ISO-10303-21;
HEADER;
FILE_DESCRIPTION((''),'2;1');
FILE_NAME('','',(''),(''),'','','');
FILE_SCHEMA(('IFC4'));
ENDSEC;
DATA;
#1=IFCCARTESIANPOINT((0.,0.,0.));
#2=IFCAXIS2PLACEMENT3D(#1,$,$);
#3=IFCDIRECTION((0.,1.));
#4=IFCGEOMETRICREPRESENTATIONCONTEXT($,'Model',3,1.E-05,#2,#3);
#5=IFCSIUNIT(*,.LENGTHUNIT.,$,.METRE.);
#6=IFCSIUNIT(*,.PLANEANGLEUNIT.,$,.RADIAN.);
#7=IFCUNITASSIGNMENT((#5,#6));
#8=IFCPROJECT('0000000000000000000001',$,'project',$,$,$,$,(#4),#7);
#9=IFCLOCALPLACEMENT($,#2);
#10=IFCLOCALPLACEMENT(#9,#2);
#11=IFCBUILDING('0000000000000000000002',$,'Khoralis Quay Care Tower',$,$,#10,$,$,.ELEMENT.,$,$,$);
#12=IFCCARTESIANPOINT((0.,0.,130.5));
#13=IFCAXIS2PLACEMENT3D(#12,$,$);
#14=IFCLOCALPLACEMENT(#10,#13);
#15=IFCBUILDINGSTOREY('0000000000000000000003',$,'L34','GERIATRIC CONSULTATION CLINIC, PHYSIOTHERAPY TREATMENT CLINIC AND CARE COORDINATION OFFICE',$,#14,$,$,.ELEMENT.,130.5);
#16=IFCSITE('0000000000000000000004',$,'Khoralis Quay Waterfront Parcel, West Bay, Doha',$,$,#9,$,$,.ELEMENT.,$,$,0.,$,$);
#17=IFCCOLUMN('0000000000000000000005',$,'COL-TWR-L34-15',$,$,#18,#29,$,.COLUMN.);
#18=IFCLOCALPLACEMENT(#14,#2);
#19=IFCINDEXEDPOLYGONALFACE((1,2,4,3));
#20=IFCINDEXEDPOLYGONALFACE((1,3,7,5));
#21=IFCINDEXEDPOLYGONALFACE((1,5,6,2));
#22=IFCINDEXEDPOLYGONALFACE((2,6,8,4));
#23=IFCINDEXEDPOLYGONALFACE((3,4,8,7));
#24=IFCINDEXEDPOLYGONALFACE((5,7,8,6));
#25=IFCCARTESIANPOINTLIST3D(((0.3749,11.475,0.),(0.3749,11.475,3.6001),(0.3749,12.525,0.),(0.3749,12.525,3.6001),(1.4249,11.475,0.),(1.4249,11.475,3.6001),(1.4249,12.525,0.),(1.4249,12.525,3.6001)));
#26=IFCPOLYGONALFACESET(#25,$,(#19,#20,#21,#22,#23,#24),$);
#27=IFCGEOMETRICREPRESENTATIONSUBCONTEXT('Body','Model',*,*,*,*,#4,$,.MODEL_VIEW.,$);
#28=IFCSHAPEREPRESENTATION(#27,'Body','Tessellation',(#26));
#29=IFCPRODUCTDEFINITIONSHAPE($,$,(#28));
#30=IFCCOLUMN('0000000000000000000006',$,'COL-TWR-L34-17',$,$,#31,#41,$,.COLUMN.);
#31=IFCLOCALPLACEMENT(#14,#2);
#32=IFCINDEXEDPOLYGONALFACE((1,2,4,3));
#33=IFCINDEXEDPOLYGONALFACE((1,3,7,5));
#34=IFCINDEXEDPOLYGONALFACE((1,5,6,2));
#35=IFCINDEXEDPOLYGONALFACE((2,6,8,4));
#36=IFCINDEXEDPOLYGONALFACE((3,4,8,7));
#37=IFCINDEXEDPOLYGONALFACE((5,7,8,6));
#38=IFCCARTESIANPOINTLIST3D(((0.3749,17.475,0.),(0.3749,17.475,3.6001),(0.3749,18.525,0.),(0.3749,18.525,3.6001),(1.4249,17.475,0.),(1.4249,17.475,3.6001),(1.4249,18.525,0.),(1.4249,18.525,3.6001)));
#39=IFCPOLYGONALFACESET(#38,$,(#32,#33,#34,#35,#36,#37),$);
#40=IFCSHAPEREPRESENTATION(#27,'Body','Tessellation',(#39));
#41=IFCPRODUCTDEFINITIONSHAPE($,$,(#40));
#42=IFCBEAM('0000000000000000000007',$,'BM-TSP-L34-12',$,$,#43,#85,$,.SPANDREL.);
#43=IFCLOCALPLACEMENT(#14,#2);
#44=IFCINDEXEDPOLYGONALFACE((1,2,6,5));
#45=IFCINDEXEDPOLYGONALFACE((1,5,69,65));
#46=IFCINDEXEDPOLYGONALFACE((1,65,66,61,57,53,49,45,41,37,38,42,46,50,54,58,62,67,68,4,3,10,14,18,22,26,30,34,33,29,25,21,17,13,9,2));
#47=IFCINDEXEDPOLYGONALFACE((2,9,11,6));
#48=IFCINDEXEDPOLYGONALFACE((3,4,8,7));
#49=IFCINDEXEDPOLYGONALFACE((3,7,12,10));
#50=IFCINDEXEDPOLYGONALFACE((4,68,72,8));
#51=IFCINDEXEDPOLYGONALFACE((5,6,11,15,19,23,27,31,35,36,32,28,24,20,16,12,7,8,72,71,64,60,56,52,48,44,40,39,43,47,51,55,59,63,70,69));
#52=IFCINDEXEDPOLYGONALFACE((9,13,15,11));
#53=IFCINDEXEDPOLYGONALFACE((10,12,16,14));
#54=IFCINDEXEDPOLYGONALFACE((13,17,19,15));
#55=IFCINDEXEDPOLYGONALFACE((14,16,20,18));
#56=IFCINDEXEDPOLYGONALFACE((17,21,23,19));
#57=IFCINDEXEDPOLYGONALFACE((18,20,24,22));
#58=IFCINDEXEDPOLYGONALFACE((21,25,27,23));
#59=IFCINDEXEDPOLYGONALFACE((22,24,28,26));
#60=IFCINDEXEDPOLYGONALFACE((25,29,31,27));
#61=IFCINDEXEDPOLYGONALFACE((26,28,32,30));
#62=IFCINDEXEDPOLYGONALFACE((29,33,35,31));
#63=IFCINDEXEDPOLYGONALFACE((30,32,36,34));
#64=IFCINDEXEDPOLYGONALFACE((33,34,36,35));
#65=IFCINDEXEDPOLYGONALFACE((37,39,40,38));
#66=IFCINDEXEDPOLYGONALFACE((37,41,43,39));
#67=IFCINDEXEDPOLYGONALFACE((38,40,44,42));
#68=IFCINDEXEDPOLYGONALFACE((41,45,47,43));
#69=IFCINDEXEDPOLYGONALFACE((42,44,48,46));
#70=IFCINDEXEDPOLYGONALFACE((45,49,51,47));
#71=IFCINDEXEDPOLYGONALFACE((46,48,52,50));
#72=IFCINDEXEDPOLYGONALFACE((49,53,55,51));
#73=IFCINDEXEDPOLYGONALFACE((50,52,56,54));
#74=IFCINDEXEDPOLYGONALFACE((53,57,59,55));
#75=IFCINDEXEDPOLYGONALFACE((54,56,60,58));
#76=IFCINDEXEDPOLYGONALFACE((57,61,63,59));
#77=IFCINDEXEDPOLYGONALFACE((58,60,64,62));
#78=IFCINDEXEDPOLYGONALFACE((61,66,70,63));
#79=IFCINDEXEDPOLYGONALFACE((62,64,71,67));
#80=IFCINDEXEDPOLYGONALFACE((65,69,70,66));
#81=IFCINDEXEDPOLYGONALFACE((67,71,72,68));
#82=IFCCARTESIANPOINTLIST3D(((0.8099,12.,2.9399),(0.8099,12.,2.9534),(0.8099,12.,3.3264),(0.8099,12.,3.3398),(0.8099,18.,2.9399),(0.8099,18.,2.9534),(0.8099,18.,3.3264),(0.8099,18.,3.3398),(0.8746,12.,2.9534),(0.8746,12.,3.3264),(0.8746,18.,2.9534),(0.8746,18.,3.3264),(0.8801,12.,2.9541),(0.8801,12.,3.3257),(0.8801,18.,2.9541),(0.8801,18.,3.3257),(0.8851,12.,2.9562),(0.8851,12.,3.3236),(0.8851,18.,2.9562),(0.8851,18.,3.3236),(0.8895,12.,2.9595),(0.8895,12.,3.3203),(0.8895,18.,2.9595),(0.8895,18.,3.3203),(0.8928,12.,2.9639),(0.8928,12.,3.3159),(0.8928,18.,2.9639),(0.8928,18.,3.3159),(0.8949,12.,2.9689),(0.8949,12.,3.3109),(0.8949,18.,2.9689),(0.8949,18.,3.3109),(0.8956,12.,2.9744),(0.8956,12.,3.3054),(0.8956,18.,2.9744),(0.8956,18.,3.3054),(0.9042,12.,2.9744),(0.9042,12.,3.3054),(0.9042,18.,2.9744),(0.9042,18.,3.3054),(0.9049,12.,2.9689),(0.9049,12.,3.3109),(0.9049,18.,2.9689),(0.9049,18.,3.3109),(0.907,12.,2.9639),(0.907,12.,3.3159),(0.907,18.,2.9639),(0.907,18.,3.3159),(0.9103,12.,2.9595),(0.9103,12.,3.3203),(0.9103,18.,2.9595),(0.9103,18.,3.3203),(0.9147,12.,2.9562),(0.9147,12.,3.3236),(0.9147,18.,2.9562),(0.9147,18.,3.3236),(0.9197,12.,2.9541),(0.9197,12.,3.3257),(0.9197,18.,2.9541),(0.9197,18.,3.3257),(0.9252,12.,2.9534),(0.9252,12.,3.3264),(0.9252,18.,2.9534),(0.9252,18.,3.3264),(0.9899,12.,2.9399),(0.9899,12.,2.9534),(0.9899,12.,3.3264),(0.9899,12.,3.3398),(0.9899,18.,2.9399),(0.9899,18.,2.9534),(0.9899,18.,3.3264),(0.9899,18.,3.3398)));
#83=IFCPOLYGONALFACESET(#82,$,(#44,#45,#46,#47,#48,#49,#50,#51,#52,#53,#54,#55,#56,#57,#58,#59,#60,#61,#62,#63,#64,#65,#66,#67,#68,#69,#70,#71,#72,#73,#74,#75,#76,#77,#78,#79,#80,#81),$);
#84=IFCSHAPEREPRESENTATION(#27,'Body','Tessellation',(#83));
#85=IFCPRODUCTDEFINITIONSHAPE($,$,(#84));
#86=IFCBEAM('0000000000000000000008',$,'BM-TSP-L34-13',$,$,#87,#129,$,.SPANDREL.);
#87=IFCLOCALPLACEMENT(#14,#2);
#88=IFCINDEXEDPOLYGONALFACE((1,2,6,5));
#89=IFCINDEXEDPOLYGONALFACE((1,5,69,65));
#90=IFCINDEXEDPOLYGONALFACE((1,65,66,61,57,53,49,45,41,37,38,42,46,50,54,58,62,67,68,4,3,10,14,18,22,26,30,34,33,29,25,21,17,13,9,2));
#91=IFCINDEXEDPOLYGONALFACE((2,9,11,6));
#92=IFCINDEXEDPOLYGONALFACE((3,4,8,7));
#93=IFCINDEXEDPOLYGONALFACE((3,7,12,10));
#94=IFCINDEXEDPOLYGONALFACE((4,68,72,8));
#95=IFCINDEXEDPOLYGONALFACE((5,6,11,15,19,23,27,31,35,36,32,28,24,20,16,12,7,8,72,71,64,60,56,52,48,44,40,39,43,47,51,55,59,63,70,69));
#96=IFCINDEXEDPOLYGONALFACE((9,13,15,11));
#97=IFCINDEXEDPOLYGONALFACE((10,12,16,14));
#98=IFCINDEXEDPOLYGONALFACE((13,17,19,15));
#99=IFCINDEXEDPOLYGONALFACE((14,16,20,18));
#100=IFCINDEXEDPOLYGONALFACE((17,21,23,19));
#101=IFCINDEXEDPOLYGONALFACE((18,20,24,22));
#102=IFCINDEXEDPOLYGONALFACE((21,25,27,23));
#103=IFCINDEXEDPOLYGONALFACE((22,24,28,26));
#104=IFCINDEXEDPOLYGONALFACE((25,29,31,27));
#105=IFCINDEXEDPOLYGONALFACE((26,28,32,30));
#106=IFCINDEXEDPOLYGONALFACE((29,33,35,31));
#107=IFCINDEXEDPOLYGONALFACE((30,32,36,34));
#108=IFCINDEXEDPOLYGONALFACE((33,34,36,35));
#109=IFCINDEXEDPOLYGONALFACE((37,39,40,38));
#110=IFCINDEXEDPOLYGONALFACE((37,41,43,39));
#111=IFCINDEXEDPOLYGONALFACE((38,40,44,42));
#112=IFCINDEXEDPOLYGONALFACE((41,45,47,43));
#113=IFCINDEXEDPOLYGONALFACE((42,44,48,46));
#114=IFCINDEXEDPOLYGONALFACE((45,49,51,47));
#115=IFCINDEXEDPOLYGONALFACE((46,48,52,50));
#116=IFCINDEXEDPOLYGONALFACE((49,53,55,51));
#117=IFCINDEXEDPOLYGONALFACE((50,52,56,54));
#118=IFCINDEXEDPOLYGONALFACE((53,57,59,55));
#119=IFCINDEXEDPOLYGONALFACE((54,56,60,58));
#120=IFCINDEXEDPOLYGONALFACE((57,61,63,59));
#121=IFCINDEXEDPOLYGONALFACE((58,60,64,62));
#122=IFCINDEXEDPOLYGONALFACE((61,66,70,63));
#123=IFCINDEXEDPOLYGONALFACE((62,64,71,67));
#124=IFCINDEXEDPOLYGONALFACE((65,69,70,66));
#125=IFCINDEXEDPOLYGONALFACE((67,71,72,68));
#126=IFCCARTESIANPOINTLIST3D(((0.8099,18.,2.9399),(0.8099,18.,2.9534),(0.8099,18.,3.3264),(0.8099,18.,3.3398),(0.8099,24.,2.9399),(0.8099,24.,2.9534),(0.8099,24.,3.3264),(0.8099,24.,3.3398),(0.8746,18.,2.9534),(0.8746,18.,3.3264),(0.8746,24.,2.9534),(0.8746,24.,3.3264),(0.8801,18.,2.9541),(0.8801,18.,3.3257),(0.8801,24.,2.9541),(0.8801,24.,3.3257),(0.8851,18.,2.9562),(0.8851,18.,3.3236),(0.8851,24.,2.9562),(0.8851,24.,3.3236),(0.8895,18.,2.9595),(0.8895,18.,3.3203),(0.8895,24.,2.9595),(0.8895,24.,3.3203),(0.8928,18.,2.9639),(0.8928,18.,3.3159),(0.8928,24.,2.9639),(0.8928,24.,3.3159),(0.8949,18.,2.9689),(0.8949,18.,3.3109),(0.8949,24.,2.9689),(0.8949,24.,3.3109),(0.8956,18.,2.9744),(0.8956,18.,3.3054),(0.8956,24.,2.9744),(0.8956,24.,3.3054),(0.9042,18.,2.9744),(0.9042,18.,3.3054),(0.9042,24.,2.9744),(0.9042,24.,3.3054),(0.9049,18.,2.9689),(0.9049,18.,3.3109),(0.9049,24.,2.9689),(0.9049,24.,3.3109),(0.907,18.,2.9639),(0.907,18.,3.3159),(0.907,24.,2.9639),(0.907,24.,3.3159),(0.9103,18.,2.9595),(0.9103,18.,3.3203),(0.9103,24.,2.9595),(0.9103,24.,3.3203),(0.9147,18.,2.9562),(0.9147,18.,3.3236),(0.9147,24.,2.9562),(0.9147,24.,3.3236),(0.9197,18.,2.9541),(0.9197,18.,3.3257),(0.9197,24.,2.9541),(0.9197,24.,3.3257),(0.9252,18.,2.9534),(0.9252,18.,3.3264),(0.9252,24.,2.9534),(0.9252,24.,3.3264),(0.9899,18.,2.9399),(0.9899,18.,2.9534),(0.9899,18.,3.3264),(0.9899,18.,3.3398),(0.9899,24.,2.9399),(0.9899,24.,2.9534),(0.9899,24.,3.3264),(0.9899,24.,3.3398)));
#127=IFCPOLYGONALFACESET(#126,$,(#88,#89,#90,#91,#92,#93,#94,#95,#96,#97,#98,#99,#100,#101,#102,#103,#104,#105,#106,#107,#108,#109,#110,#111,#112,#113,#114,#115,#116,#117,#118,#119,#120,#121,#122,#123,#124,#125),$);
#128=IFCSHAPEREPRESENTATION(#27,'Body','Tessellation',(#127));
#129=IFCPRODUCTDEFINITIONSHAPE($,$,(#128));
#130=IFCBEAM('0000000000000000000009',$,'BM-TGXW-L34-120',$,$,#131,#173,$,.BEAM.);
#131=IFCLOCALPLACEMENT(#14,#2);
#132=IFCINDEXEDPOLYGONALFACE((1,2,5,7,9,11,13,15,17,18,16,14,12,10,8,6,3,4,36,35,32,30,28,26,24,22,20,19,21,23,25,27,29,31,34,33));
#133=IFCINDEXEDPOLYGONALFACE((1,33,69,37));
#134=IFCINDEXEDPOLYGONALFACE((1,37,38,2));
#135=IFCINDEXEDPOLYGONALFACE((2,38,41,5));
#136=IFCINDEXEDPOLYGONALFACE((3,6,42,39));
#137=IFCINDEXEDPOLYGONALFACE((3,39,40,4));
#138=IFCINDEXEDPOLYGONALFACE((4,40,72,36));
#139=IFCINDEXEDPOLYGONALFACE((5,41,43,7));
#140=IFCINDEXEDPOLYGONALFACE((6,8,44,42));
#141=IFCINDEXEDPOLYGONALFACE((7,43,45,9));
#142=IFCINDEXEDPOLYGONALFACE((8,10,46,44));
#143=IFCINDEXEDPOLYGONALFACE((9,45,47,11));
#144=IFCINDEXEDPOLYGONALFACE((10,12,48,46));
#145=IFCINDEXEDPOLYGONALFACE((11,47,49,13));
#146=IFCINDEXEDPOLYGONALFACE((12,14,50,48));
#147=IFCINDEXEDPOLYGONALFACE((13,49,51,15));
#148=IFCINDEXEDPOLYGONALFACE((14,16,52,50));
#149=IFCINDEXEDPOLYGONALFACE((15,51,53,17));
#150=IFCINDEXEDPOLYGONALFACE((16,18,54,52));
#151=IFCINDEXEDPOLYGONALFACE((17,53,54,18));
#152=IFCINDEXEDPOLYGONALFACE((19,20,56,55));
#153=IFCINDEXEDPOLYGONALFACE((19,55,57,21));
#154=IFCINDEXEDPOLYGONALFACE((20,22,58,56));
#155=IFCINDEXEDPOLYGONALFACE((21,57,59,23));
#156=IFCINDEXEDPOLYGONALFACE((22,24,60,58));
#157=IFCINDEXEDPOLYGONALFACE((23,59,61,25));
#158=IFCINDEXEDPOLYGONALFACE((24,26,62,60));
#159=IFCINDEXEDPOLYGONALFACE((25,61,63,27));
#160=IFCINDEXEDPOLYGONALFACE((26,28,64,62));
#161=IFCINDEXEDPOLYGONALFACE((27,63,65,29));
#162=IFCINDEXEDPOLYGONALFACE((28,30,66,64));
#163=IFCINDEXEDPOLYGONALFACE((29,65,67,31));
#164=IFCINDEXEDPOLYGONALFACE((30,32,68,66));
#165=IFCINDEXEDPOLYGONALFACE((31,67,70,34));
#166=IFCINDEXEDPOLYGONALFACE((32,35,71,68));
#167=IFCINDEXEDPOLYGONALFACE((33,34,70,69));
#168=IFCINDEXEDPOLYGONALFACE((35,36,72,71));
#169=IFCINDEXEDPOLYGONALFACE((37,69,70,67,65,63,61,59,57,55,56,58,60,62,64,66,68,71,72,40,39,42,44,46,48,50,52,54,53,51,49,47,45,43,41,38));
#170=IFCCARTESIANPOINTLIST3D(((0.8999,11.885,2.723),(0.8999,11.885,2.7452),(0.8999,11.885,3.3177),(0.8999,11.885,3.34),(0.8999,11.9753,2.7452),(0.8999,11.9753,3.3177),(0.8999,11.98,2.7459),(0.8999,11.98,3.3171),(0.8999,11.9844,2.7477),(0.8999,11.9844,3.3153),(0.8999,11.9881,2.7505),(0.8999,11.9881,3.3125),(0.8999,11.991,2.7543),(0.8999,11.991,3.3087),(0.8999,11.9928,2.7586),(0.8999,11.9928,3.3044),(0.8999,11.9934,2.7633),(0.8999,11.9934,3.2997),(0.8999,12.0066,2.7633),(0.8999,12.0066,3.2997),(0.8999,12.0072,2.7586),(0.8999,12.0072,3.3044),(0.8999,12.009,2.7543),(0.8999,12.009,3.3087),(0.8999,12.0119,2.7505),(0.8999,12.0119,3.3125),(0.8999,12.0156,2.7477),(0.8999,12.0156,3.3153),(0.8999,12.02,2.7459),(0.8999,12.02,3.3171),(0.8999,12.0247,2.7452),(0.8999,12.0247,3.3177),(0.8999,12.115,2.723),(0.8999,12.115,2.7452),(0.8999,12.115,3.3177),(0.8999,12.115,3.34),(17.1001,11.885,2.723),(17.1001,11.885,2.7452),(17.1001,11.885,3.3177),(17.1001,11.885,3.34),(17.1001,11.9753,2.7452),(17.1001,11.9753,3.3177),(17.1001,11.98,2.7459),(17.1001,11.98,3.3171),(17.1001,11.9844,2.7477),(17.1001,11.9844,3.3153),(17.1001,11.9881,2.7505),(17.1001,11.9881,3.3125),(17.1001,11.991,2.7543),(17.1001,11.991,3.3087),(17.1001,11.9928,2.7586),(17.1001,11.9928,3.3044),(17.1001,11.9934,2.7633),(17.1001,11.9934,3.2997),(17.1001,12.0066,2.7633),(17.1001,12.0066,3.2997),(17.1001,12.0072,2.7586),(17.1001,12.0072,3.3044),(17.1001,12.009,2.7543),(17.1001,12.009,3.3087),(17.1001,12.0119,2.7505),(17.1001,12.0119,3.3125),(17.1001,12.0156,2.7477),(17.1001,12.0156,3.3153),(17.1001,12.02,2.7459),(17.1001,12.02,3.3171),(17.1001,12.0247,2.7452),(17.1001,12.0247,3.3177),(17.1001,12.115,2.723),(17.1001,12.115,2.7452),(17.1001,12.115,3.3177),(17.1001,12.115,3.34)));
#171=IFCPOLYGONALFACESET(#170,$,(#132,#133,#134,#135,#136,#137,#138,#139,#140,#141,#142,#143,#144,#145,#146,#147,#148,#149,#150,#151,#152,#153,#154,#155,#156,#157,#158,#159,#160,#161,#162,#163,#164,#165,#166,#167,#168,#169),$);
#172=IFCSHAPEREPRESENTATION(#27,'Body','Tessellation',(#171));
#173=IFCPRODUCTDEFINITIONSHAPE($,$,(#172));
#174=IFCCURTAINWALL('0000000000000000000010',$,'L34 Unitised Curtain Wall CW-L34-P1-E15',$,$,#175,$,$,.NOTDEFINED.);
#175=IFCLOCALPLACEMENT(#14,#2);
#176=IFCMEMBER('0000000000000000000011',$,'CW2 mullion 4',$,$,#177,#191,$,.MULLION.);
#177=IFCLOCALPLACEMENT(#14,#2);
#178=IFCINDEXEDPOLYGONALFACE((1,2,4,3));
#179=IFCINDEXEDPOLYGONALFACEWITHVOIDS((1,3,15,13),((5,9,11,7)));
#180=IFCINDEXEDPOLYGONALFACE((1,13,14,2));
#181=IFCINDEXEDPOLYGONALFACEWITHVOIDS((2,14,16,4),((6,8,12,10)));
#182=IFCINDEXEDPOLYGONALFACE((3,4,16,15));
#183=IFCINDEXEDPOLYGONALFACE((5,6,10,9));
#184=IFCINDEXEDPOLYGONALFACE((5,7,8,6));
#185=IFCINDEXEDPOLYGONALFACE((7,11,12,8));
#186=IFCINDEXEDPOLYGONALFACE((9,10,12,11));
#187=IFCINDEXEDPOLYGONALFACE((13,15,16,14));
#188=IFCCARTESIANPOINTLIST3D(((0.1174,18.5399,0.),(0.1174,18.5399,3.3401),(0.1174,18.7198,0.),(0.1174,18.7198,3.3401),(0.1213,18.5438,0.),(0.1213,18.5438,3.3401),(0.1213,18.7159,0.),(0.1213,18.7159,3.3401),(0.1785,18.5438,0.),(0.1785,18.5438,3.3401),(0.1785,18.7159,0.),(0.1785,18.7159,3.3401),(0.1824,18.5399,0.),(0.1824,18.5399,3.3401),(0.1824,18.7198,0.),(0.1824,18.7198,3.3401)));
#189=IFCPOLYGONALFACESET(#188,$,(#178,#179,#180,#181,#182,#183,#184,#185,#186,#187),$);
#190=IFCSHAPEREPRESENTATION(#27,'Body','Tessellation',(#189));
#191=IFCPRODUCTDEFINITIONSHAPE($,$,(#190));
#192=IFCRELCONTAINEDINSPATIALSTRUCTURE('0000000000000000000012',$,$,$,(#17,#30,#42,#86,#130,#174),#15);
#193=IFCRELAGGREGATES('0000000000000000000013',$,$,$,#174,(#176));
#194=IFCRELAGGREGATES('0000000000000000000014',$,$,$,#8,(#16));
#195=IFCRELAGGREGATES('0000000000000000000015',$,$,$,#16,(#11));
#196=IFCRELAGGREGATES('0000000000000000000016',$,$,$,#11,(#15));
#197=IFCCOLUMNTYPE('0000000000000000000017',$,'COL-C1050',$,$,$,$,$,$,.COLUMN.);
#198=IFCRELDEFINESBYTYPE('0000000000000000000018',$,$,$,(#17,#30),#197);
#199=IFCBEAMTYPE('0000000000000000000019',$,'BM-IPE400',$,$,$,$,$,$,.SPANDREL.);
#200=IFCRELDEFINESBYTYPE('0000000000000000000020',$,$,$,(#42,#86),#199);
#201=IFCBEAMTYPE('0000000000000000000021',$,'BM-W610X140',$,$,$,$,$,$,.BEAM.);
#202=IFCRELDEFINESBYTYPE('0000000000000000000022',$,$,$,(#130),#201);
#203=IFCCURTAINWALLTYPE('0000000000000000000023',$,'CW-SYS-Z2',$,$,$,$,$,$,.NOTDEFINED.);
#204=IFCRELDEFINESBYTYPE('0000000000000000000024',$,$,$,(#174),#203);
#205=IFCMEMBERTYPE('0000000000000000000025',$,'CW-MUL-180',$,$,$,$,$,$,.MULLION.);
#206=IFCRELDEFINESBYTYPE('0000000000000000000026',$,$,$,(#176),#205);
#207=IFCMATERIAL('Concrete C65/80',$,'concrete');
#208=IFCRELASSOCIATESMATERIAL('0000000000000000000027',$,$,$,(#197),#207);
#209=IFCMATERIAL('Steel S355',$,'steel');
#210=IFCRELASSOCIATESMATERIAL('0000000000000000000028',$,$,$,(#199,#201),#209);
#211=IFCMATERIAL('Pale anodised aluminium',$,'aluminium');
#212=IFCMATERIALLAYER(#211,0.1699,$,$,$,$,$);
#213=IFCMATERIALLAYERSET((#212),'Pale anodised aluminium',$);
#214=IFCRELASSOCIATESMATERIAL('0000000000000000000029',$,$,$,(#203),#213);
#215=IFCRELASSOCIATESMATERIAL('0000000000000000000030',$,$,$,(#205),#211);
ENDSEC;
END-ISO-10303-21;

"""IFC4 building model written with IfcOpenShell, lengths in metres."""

from ifc_helpers import new_model, si_unit, direction, frame, origin, origin_2d, place, context, subcontext, project, spatial, rectangle, hollow_rectangle, i_section, extrude, source, transform, mapped, material, layer, layer_set, material_profile, profile_set, type_object, element, aggregate, save


model = new_model("IFC4")

# Units and contexts
model_context = context("Model", 3, precision=1e-05, world=origin(), true_north=direction((0.0, 1.0)))
body_context = subcontext(model_context, "Body", "Model", "MODEL_VIEW")
ifc_project = project(units=[si_unit("LENGTHUNIT", "METRE"), si_unit("PLANEANGLEUNIT", "RADIAN")], contexts=[model_context])

# Site, building, storey
site_placement = place(None, origin())
site = spatial("IfcSite", under=ifc_project, at=site_placement, Name="Khoralis Quay Waterfront Parcel, West Bay, Doha", CompositionType="ELEMENT", RefElevation=0.0)
building_placement = place(site_placement, origin())
building = spatial("IfcBuilding", under=site, at=building_placement, Name="Khoralis Quay Care Tower", CompositionType="ELEMENT")
storey_placement = place(building_placement, frame((0.0, 0.0, 130.5)))
storey = spatial("IfcBuildingStorey", under=building, at=storey_placement, Name="L34", Description="GERIATRIC CONSULTATION CLINIC, PHYSIOTHERAPY TREATMENT CLINIC AND CARE COORDINATION OFFICE", CompositionType="ELEMENT", Elevation=130.5)

# Columns
ifc_material_1 = material(Name="Concrete C65/80", Category="concrete")
ifc_material_profile_1 = material_profile(ifc_material_1, rectangle(XDim=1.05, YDim=1.05, at=origin_2d()), Name="Concrete C65/80")
ifc_profile_set_1 = profile_set([ifc_material_profile_1], Name="Concrete C65/80")
column_type = type_object("IfcColumnType", Name="COL-C1050", PredefinedType="COLUMN", material=ifc_profile_set_1)
shared_shape_1 = source(origin(), body_context, "Body", "SweptSolid", [
    extrude(rectangle(XDim=1.05, YDim=1.05, at=origin_2d()), origin(), (0.0, 0.0, 1.0), 3.6001),
])
for number, where, z_axis, x_axis, name in (
    (1, (0.8999, 12.0, 0.0), (0.0, 0.0, 1.0), (1.0, 0.0, 0.0), "COL-TWR-L34-15"),
    (2, (0.8999, 18.0, 0.0), (0.0, 0.0, 1.0), (1.0, 0.0, 0.0), "COL-TWR-L34-17"),
):
    element("IfcColumn", number, at=place(storey_placement, frame(where, z_axis=z_axis, x_axis=x_axis)), inside=storey, type_object=column_type, Name=name, PredefinedType="COLUMN", context=body_context, shape_type="MappedRepresentation", body=[
        mapped(shared_shape_1, transform((0.0, 0.0, 0.0), scale=1.0)),
    ])

# Beams
ifc_material_2 = material(Name="Steel S355", Category="steel")
ifc_material_profile_2 = material_profile(ifc_material_2, i_section(OverallWidth=0.1799, OverallDepth=0.3999, WebThickness=0.0085, FlangeThickness=0.0134, FilletRadius=0.021, at=origin_2d()), Name="Steel S355")
ifc_profile_set_2 = profile_set([ifc_material_profile_2], Name="Steel S355")
beam_type_1 = type_object("IfcBeamType", Name="BM-IPE400", PredefinedType="SPANDREL", material=ifc_profile_set_2)
shared_shape_2 = source(origin(), body_context, "Body", "SweptSolid", [
    extrude(i_section(OverallWidth=0.1799, OverallDepth=0.3999, WebThickness=0.0085, FlangeThickness=0.0134, FilletRadius=0.021, at=origin_2d()), origin(), (0.0, 0.0, 1.0), 6.0),
])
for number, where, z_axis, x_axis, name in (
    (3, (0.8999, 12.0, 3.1399), (0.0, 1.0, 0.0), (-1.0, 0.0, 0.0), "BM-TSP-L34-12"),
    (4, (0.8999, 18.0, 3.1399), (0.0, 1.0, 0.0), (-1.0, 0.0, 0.0), "BM-TSP-L34-13"),
):
    element("IfcBeam", number, at=place(storey_placement, frame(where, z_axis=z_axis, x_axis=x_axis)), inside=storey, type_object=beam_type_1, Name=name, PredefinedType="SPANDREL", context=body_context, shape_type="MappedRepresentation", body=[
        mapped(shared_shape_2, transform((0.0, 0.0, 0.0), scale=1.0)),
    ])
ifc_material_profile_3 = material_profile(ifc_material_2, i_section(OverallWidth=0.23, OverallDepth=0.6169, WebThickness=0.0132, FlangeThickness=0.0222, FilletRadius=0.0181, at=origin_2d()), Name="Steel S355")
ifc_profile_set_3 = profile_set([ifc_material_profile_3], Name="Steel S355")
beam_type_2 = type_object("IfcBeamType", Name="BM-W610X140", PredefinedType="BEAM", material=ifc_profile_set_3)
shared_shape_3 = source(origin(), body_context, "Body", "SweptSolid", [
    extrude(i_section(OverallWidth=0.23, OverallDepth=0.6169, WebThickness=0.0132, FlangeThickness=0.0222, FilletRadius=0.0181, at=origin_2d()), origin(), (0.0, 0.0, 1.0), 16.2002),
])
beam_placement = place(storey_placement, frame((0.8999, 12.0, 3.0315), z_axis=(1.0, 0.0, 0.0), x_axis=(0.0, 1.0, 0.0)))
element("IfcBeam", 5, at=beam_placement, inside=storey, type_object=beam_type_2, Name="BM-TGXW-L34-120", PredefinedType="BEAM", context=body_context, shape_type="MappedRepresentation", body=[
    mapped(shared_shape_3, transform((0.0, 0.0, 0.0), scale=1.0)),
])

# Curtain wall, member
ifc_material_3 = material(Name="Pale anodised aluminium", Category="aluminium")
ifc_layer_1 = layer(ifc_material_3, 0.1699)
ifc_layer_set_1 = layer_set([ifc_layer_1], Name="Pale anodised aluminium")
curtain_wall_type = type_object("IfcCurtainWallType", Name="CW-SYS-Z2", PredefinedType="NOTDEFINED", material=ifc_layer_set_1)
curtain_wall_placement = place(storey_placement, origin())
curtain_wall = element("IfcCurtainWall", 6, at=curtain_wall_placement, inside=storey, type_object=curtain_wall_type, Name="L34 Unitised Curtain Wall CW-L34-P1-E15", PredefinedType="NOTDEFINED")
ifc_material_profile_4 = material_profile(ifc_material_3, hollow_rectangle(XDim=0.0649, YDim=0.1799, WallThickness=0.0039, at=origin_2d()), Name="Pale anodised aluminium")
ifc_profile_set_4 = profile_set([ifc_material_profile_4], Name="Pale anodised aluminium")
member_type = type_object("IfcMemberType", Name="CW-MUL-180", PredefinedType="MULLION", material=ifc_profile_set_4)
shared_shape_4 = source(origin(), body_context, "Body", "SweptSolid", [
    extrude(hollow_rectangle(XDim=0.0649, YDim=0.1799, WallThickness=0.0039, at=origin_2d()), origin(), (0.0, 0.0, 1.0), 3.3401),
])
member_placement = place(storey_placement, frame((0.1499, 18.6299, 0.0), z_axis=(0.0, 0.0, 1.0), x_axis=(1.0, 0.0, 0.0)))
member = element("IfcMember", 7, at=member_placement, type_object=member_type, Name="CW2 mullion 4", PredefinedType="MULLION", context=body_context, shape_type="MappedRepresentation", body=[
    mapped(shared_shape_4, transform((0.0, 0.0, 0.0), scale=1.0)),
])
aggregate(curtain_wall, [member])

save(model, "model.ifc")
